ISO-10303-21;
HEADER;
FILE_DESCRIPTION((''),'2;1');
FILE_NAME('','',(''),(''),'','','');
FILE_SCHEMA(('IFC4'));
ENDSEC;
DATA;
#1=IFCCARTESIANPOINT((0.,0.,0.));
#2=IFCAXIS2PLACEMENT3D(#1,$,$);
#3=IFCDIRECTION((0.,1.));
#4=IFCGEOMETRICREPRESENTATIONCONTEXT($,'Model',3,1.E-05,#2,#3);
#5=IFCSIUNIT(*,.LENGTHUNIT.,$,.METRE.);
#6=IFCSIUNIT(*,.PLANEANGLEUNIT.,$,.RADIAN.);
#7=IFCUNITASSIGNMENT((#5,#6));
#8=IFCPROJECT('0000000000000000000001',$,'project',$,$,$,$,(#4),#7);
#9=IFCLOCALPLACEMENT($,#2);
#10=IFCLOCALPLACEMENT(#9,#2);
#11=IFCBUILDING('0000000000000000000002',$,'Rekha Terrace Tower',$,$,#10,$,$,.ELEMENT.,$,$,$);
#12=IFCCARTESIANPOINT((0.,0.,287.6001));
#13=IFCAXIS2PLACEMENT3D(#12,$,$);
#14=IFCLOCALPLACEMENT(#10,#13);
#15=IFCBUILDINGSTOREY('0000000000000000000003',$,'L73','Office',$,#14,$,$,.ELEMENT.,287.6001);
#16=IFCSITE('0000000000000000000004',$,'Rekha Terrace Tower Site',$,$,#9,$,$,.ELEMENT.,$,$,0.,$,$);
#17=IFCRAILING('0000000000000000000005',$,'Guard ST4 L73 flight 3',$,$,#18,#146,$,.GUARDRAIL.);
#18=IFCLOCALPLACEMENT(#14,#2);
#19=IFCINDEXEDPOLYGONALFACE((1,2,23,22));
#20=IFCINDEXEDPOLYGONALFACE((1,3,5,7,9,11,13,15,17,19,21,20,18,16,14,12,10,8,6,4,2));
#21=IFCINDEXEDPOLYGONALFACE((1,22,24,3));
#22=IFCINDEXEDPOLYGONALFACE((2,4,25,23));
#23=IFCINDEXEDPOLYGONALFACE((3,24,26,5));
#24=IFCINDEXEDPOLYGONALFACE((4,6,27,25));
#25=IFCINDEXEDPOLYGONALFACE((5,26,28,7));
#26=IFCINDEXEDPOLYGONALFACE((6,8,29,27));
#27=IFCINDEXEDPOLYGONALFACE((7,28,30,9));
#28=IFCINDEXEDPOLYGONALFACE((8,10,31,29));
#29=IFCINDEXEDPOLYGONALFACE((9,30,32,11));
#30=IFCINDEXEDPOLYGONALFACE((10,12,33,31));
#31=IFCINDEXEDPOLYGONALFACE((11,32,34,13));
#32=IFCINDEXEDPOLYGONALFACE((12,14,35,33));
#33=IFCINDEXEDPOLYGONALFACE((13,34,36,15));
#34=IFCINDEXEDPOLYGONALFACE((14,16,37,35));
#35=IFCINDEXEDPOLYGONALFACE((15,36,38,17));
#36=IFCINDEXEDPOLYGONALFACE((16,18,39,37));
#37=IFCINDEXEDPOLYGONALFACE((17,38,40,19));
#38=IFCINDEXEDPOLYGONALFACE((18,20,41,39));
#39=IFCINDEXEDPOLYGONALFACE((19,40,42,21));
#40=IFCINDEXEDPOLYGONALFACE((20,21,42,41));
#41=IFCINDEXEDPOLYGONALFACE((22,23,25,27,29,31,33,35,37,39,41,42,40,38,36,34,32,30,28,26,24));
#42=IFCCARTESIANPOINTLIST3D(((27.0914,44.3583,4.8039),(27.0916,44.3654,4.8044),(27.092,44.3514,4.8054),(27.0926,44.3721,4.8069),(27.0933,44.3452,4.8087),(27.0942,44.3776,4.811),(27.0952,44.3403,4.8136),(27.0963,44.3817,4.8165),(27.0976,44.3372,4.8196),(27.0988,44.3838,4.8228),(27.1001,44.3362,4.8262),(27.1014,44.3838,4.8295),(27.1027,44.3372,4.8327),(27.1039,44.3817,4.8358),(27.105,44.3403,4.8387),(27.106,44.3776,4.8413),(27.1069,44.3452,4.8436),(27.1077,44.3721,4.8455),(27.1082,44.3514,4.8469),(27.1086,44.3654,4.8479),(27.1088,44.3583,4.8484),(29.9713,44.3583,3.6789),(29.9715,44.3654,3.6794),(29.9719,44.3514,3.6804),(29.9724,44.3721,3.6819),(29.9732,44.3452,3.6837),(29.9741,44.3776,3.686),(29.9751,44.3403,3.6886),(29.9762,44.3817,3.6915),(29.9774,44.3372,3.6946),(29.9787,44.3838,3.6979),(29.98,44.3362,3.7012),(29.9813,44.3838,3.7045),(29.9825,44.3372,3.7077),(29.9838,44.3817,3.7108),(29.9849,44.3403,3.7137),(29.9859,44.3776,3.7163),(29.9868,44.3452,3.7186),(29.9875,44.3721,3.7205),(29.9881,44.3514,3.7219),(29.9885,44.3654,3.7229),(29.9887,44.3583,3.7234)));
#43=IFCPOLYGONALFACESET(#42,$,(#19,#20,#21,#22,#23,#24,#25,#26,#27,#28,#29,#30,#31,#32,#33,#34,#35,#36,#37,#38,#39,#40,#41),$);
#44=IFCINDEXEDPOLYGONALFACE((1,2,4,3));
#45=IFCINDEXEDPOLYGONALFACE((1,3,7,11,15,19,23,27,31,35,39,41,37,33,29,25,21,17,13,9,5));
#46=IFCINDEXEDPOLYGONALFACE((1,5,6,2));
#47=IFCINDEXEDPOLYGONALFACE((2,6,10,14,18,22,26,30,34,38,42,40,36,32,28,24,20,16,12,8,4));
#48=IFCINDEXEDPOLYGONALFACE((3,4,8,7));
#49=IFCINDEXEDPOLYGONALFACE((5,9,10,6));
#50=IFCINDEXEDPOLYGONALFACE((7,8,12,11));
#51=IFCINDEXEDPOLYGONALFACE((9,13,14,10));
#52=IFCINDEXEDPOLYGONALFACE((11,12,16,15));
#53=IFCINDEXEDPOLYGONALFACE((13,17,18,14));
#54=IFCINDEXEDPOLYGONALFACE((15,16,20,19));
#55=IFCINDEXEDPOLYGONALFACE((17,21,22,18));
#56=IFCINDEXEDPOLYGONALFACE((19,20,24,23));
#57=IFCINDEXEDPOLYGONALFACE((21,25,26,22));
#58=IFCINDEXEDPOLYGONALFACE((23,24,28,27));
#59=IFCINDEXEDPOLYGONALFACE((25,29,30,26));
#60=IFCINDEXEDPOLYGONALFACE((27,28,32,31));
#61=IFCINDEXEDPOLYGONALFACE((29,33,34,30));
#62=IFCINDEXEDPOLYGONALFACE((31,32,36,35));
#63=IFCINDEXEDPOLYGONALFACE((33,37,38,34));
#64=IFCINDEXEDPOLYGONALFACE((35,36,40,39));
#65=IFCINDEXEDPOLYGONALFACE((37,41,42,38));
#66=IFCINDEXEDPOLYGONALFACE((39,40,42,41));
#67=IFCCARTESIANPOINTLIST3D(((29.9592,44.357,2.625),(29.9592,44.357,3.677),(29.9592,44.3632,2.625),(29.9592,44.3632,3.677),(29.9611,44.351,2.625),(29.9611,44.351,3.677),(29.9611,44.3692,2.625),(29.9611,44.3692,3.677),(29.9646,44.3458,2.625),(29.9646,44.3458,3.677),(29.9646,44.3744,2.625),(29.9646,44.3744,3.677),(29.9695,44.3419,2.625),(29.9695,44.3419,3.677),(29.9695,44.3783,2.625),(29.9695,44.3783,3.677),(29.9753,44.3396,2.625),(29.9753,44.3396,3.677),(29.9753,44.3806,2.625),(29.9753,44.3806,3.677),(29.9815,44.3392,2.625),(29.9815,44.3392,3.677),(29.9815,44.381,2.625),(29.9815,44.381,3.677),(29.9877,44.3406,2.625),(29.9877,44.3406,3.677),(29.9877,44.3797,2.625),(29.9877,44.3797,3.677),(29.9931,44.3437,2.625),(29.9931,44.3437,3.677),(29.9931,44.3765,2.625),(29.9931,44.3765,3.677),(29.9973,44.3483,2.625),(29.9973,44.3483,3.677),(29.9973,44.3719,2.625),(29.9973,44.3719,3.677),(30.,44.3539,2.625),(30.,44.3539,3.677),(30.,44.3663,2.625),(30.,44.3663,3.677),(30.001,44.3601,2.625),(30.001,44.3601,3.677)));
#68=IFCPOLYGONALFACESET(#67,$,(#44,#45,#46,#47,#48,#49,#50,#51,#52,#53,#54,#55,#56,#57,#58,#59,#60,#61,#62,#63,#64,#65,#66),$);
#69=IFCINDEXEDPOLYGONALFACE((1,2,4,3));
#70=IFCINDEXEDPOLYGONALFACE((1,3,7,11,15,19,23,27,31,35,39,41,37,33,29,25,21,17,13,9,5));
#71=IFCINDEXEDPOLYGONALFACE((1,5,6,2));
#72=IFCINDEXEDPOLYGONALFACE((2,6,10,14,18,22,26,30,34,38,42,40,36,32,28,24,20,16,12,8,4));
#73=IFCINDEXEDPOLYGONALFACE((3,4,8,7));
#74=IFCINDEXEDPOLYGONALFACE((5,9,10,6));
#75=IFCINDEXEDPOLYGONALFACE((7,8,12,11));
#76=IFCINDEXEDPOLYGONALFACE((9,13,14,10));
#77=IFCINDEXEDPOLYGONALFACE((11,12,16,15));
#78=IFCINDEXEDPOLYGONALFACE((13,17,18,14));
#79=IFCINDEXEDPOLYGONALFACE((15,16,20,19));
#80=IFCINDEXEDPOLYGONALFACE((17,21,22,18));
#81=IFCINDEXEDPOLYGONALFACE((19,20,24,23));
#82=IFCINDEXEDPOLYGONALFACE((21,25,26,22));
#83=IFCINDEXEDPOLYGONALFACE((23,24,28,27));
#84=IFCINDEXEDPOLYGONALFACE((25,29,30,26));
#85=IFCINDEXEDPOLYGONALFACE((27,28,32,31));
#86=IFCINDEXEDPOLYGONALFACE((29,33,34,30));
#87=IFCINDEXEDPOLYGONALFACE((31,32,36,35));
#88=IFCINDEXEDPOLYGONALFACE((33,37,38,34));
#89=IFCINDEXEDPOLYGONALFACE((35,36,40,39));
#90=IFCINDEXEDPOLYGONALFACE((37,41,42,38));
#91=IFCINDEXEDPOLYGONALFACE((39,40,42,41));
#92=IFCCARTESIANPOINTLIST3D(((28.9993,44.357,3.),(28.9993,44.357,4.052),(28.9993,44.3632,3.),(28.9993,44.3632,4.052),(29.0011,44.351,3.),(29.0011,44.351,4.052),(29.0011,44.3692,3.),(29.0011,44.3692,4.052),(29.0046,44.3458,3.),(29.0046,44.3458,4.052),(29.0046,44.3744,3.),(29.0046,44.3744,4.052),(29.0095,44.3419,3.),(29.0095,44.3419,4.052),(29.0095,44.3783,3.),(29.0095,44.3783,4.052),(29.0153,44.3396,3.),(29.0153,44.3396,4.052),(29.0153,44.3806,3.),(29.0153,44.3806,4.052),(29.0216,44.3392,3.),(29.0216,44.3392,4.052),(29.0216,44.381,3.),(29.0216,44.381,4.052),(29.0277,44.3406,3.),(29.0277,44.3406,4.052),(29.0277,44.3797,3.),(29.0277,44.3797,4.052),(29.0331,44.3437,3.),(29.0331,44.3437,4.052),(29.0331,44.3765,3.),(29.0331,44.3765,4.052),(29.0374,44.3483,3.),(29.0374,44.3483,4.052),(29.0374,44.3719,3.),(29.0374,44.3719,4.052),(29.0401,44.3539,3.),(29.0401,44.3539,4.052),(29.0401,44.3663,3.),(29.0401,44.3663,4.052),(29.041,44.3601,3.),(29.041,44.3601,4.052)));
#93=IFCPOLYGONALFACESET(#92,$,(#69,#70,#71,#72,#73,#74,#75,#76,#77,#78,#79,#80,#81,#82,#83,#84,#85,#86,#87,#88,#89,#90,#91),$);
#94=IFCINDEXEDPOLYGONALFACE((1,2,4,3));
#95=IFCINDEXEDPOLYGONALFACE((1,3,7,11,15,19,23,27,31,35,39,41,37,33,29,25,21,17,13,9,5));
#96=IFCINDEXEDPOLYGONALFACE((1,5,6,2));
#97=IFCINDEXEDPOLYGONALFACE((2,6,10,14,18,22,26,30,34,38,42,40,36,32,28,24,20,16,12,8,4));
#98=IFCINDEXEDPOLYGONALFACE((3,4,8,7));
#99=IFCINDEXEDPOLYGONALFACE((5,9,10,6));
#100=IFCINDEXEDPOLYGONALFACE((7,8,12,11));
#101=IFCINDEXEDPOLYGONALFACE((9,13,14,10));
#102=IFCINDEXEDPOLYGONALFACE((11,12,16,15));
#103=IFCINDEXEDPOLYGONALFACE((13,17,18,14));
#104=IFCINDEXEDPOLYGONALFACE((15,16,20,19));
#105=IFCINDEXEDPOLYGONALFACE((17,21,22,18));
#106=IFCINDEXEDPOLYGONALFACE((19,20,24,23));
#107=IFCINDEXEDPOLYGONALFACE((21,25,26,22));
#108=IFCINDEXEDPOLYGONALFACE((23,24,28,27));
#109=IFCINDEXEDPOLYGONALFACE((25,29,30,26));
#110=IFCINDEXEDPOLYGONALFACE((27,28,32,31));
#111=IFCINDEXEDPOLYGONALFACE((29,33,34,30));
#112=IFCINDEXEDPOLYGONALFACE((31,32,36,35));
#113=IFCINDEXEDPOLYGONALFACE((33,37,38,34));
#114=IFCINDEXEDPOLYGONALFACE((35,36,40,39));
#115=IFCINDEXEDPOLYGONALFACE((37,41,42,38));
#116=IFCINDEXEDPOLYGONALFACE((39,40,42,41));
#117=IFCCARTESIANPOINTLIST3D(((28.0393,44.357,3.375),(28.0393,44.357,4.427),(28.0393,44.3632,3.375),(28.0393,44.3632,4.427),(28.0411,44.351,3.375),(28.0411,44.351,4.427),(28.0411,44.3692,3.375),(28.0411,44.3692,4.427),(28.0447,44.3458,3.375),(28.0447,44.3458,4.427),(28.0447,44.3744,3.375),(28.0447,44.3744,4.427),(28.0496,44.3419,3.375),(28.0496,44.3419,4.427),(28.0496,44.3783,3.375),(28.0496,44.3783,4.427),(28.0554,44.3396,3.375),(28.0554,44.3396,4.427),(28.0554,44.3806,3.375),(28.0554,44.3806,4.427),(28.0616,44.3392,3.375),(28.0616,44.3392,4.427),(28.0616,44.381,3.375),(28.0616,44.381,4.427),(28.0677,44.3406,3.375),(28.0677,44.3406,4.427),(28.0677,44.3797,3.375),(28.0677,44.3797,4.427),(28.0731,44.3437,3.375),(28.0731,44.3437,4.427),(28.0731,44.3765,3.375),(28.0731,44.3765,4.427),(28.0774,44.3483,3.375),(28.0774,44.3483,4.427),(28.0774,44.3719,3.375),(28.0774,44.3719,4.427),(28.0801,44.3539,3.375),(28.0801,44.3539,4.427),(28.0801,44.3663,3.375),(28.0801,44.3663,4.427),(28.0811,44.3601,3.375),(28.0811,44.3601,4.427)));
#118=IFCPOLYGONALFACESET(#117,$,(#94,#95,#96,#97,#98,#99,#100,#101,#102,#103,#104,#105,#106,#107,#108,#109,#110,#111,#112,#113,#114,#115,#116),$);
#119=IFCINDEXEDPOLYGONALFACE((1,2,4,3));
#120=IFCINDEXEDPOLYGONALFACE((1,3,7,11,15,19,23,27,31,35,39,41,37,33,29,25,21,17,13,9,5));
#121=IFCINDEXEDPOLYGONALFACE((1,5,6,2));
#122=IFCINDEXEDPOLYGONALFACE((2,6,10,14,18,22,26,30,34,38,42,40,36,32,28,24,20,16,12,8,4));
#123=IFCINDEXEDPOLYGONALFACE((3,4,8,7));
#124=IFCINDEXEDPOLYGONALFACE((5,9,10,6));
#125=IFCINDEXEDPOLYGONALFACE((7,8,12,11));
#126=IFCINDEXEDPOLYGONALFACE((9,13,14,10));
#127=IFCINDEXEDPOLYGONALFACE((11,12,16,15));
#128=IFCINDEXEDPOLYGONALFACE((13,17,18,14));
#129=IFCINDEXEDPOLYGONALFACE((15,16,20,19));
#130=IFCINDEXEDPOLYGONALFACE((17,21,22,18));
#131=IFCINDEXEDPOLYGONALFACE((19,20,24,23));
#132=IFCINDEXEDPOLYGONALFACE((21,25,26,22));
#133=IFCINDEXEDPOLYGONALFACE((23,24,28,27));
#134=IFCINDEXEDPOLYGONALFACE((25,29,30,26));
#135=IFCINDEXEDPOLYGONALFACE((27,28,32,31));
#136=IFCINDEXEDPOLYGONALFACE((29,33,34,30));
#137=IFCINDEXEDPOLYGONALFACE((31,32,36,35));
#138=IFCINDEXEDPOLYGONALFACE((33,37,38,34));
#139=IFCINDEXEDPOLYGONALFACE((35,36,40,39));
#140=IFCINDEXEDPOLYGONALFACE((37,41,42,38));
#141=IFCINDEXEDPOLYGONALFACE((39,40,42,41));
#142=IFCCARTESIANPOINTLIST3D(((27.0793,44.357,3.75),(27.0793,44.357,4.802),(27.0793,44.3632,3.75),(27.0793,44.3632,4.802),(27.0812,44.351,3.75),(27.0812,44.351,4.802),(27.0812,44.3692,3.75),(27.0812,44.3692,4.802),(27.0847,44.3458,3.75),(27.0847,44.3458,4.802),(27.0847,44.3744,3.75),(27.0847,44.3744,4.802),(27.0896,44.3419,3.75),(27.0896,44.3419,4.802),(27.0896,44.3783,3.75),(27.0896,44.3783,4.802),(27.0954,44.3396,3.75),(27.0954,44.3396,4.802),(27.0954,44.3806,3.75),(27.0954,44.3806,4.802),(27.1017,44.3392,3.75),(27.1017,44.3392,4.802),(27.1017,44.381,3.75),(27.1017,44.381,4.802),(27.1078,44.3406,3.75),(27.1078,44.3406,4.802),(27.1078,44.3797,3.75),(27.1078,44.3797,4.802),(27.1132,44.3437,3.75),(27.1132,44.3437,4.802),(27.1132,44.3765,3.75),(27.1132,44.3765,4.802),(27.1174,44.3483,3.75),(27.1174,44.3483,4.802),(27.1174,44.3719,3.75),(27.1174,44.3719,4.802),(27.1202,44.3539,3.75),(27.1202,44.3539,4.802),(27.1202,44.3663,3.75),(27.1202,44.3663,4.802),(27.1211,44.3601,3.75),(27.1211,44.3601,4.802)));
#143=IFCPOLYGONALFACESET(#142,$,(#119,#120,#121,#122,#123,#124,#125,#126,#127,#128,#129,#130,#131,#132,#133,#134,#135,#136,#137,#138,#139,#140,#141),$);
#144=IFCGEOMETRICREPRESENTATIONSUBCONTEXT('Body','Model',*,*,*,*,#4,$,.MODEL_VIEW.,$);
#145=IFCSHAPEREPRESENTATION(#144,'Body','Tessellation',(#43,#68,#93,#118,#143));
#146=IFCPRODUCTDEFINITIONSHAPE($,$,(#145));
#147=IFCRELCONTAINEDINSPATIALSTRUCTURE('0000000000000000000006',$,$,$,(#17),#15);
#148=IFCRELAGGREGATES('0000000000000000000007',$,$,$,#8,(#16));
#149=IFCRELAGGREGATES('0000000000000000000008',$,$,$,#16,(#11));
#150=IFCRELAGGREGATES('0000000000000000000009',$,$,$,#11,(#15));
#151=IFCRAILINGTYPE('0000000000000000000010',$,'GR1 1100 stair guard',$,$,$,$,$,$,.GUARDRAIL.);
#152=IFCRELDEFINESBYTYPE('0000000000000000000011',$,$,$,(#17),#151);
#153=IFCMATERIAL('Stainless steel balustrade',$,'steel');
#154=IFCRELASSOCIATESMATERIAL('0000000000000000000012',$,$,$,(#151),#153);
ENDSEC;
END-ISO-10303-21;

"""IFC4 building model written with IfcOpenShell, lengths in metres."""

from ifc_helpers import new_model, si_unit, direction, frame, origin, origin_2d, place, context, subcontext, project, spatial, circle, extrude, material, type_object, element, save


model = new_model("IFC4")

# Units and contexts
model_context = context("Model", 3, precision=1e-05, world=origin(), true_north=direction((0.0, 1.0)))
body_context = subcontext(model_context, "Body", "Model", "MODEL_VIEW")
ifc_project = project(units=[si_unit("LENGTHUNIT", "METRE"), si_unit("PLANEANGLEUNIT", "RADIAN")], contexts=[model_context])

# Site, building, storey
site_placement = place(None, origin())
site = spatial("IfcSite", under=ifc_project, at=site_placement, Name="Rekha Terrace Tower Site", CompositionType="ELEMENT", RefElevation=0.0)
building_placement = place(site_placement, origin())
building = spatial("IfcBuilding", under=site, at=building_placement, Name="Rekha Terrace Tower", CompositionType="ELEMENT")
storey_placement = place(building_placement, frame((0.0, 0.0, 287.6001)))
storey = spatial("IfcBuildingStorey", under=building, at=storey_placement, Name="L73", Description="Office", CompositionType="ELEMENT", Elevation=287.6001)

# Railing
ifc_material_1 = material(Name="Stainless steel balustrade", Category="steel")
railing_type_1 = type_object("IfcRailingType", Name="GR1 1100 stair guard", PredefinedType="GUARDRAIL", material=ifc_material_1)
railing_1_placement = place(storey_placement, frame((29.98, 44.3601, 2.625)))
element("IfcRailing", 1, at=railing_1_placement, inside=storey, type_object=railing_type_1, Name="Guard ST4 L73 flight 3", PredefinedType="GUARDRAIL", context=body_context, shape_type="SweptSolid", body=[
    extrude(circle(Radius=0.0239, at=origin_2d()), frame((0.0, 0.0, 1.0762), z_axis=(-0.931452, 0.0, 0.363863), x_axis=(0.0, -1.0, 0.0)), (0.0, 0.0, 1.0), 3.0918),
    extrude(circle(Radius=0.021, at=origin_2d()), origin(), (0.0, 0.0, 1.0), 1.052),
    extrude(circle(Radius=0.021, at=origin_2d()), frame((-0.96, 0.0, 0.375)), (0.0, 0.0, 1.0), 1.052),
    extrude(circle(Radius=0.021, at=origin_2d()), frame((-1.9199, 0.0, 0.75)), (0.0, 0.0, 1.0), 1.052),
    extrude(circle(Radius=0.021, at=origin_2d()), frame((-2.8799, 0.0, 1.125)), (0.0, 0.0, 1.0), 1.052),
])

save(model, "model.ifc")
